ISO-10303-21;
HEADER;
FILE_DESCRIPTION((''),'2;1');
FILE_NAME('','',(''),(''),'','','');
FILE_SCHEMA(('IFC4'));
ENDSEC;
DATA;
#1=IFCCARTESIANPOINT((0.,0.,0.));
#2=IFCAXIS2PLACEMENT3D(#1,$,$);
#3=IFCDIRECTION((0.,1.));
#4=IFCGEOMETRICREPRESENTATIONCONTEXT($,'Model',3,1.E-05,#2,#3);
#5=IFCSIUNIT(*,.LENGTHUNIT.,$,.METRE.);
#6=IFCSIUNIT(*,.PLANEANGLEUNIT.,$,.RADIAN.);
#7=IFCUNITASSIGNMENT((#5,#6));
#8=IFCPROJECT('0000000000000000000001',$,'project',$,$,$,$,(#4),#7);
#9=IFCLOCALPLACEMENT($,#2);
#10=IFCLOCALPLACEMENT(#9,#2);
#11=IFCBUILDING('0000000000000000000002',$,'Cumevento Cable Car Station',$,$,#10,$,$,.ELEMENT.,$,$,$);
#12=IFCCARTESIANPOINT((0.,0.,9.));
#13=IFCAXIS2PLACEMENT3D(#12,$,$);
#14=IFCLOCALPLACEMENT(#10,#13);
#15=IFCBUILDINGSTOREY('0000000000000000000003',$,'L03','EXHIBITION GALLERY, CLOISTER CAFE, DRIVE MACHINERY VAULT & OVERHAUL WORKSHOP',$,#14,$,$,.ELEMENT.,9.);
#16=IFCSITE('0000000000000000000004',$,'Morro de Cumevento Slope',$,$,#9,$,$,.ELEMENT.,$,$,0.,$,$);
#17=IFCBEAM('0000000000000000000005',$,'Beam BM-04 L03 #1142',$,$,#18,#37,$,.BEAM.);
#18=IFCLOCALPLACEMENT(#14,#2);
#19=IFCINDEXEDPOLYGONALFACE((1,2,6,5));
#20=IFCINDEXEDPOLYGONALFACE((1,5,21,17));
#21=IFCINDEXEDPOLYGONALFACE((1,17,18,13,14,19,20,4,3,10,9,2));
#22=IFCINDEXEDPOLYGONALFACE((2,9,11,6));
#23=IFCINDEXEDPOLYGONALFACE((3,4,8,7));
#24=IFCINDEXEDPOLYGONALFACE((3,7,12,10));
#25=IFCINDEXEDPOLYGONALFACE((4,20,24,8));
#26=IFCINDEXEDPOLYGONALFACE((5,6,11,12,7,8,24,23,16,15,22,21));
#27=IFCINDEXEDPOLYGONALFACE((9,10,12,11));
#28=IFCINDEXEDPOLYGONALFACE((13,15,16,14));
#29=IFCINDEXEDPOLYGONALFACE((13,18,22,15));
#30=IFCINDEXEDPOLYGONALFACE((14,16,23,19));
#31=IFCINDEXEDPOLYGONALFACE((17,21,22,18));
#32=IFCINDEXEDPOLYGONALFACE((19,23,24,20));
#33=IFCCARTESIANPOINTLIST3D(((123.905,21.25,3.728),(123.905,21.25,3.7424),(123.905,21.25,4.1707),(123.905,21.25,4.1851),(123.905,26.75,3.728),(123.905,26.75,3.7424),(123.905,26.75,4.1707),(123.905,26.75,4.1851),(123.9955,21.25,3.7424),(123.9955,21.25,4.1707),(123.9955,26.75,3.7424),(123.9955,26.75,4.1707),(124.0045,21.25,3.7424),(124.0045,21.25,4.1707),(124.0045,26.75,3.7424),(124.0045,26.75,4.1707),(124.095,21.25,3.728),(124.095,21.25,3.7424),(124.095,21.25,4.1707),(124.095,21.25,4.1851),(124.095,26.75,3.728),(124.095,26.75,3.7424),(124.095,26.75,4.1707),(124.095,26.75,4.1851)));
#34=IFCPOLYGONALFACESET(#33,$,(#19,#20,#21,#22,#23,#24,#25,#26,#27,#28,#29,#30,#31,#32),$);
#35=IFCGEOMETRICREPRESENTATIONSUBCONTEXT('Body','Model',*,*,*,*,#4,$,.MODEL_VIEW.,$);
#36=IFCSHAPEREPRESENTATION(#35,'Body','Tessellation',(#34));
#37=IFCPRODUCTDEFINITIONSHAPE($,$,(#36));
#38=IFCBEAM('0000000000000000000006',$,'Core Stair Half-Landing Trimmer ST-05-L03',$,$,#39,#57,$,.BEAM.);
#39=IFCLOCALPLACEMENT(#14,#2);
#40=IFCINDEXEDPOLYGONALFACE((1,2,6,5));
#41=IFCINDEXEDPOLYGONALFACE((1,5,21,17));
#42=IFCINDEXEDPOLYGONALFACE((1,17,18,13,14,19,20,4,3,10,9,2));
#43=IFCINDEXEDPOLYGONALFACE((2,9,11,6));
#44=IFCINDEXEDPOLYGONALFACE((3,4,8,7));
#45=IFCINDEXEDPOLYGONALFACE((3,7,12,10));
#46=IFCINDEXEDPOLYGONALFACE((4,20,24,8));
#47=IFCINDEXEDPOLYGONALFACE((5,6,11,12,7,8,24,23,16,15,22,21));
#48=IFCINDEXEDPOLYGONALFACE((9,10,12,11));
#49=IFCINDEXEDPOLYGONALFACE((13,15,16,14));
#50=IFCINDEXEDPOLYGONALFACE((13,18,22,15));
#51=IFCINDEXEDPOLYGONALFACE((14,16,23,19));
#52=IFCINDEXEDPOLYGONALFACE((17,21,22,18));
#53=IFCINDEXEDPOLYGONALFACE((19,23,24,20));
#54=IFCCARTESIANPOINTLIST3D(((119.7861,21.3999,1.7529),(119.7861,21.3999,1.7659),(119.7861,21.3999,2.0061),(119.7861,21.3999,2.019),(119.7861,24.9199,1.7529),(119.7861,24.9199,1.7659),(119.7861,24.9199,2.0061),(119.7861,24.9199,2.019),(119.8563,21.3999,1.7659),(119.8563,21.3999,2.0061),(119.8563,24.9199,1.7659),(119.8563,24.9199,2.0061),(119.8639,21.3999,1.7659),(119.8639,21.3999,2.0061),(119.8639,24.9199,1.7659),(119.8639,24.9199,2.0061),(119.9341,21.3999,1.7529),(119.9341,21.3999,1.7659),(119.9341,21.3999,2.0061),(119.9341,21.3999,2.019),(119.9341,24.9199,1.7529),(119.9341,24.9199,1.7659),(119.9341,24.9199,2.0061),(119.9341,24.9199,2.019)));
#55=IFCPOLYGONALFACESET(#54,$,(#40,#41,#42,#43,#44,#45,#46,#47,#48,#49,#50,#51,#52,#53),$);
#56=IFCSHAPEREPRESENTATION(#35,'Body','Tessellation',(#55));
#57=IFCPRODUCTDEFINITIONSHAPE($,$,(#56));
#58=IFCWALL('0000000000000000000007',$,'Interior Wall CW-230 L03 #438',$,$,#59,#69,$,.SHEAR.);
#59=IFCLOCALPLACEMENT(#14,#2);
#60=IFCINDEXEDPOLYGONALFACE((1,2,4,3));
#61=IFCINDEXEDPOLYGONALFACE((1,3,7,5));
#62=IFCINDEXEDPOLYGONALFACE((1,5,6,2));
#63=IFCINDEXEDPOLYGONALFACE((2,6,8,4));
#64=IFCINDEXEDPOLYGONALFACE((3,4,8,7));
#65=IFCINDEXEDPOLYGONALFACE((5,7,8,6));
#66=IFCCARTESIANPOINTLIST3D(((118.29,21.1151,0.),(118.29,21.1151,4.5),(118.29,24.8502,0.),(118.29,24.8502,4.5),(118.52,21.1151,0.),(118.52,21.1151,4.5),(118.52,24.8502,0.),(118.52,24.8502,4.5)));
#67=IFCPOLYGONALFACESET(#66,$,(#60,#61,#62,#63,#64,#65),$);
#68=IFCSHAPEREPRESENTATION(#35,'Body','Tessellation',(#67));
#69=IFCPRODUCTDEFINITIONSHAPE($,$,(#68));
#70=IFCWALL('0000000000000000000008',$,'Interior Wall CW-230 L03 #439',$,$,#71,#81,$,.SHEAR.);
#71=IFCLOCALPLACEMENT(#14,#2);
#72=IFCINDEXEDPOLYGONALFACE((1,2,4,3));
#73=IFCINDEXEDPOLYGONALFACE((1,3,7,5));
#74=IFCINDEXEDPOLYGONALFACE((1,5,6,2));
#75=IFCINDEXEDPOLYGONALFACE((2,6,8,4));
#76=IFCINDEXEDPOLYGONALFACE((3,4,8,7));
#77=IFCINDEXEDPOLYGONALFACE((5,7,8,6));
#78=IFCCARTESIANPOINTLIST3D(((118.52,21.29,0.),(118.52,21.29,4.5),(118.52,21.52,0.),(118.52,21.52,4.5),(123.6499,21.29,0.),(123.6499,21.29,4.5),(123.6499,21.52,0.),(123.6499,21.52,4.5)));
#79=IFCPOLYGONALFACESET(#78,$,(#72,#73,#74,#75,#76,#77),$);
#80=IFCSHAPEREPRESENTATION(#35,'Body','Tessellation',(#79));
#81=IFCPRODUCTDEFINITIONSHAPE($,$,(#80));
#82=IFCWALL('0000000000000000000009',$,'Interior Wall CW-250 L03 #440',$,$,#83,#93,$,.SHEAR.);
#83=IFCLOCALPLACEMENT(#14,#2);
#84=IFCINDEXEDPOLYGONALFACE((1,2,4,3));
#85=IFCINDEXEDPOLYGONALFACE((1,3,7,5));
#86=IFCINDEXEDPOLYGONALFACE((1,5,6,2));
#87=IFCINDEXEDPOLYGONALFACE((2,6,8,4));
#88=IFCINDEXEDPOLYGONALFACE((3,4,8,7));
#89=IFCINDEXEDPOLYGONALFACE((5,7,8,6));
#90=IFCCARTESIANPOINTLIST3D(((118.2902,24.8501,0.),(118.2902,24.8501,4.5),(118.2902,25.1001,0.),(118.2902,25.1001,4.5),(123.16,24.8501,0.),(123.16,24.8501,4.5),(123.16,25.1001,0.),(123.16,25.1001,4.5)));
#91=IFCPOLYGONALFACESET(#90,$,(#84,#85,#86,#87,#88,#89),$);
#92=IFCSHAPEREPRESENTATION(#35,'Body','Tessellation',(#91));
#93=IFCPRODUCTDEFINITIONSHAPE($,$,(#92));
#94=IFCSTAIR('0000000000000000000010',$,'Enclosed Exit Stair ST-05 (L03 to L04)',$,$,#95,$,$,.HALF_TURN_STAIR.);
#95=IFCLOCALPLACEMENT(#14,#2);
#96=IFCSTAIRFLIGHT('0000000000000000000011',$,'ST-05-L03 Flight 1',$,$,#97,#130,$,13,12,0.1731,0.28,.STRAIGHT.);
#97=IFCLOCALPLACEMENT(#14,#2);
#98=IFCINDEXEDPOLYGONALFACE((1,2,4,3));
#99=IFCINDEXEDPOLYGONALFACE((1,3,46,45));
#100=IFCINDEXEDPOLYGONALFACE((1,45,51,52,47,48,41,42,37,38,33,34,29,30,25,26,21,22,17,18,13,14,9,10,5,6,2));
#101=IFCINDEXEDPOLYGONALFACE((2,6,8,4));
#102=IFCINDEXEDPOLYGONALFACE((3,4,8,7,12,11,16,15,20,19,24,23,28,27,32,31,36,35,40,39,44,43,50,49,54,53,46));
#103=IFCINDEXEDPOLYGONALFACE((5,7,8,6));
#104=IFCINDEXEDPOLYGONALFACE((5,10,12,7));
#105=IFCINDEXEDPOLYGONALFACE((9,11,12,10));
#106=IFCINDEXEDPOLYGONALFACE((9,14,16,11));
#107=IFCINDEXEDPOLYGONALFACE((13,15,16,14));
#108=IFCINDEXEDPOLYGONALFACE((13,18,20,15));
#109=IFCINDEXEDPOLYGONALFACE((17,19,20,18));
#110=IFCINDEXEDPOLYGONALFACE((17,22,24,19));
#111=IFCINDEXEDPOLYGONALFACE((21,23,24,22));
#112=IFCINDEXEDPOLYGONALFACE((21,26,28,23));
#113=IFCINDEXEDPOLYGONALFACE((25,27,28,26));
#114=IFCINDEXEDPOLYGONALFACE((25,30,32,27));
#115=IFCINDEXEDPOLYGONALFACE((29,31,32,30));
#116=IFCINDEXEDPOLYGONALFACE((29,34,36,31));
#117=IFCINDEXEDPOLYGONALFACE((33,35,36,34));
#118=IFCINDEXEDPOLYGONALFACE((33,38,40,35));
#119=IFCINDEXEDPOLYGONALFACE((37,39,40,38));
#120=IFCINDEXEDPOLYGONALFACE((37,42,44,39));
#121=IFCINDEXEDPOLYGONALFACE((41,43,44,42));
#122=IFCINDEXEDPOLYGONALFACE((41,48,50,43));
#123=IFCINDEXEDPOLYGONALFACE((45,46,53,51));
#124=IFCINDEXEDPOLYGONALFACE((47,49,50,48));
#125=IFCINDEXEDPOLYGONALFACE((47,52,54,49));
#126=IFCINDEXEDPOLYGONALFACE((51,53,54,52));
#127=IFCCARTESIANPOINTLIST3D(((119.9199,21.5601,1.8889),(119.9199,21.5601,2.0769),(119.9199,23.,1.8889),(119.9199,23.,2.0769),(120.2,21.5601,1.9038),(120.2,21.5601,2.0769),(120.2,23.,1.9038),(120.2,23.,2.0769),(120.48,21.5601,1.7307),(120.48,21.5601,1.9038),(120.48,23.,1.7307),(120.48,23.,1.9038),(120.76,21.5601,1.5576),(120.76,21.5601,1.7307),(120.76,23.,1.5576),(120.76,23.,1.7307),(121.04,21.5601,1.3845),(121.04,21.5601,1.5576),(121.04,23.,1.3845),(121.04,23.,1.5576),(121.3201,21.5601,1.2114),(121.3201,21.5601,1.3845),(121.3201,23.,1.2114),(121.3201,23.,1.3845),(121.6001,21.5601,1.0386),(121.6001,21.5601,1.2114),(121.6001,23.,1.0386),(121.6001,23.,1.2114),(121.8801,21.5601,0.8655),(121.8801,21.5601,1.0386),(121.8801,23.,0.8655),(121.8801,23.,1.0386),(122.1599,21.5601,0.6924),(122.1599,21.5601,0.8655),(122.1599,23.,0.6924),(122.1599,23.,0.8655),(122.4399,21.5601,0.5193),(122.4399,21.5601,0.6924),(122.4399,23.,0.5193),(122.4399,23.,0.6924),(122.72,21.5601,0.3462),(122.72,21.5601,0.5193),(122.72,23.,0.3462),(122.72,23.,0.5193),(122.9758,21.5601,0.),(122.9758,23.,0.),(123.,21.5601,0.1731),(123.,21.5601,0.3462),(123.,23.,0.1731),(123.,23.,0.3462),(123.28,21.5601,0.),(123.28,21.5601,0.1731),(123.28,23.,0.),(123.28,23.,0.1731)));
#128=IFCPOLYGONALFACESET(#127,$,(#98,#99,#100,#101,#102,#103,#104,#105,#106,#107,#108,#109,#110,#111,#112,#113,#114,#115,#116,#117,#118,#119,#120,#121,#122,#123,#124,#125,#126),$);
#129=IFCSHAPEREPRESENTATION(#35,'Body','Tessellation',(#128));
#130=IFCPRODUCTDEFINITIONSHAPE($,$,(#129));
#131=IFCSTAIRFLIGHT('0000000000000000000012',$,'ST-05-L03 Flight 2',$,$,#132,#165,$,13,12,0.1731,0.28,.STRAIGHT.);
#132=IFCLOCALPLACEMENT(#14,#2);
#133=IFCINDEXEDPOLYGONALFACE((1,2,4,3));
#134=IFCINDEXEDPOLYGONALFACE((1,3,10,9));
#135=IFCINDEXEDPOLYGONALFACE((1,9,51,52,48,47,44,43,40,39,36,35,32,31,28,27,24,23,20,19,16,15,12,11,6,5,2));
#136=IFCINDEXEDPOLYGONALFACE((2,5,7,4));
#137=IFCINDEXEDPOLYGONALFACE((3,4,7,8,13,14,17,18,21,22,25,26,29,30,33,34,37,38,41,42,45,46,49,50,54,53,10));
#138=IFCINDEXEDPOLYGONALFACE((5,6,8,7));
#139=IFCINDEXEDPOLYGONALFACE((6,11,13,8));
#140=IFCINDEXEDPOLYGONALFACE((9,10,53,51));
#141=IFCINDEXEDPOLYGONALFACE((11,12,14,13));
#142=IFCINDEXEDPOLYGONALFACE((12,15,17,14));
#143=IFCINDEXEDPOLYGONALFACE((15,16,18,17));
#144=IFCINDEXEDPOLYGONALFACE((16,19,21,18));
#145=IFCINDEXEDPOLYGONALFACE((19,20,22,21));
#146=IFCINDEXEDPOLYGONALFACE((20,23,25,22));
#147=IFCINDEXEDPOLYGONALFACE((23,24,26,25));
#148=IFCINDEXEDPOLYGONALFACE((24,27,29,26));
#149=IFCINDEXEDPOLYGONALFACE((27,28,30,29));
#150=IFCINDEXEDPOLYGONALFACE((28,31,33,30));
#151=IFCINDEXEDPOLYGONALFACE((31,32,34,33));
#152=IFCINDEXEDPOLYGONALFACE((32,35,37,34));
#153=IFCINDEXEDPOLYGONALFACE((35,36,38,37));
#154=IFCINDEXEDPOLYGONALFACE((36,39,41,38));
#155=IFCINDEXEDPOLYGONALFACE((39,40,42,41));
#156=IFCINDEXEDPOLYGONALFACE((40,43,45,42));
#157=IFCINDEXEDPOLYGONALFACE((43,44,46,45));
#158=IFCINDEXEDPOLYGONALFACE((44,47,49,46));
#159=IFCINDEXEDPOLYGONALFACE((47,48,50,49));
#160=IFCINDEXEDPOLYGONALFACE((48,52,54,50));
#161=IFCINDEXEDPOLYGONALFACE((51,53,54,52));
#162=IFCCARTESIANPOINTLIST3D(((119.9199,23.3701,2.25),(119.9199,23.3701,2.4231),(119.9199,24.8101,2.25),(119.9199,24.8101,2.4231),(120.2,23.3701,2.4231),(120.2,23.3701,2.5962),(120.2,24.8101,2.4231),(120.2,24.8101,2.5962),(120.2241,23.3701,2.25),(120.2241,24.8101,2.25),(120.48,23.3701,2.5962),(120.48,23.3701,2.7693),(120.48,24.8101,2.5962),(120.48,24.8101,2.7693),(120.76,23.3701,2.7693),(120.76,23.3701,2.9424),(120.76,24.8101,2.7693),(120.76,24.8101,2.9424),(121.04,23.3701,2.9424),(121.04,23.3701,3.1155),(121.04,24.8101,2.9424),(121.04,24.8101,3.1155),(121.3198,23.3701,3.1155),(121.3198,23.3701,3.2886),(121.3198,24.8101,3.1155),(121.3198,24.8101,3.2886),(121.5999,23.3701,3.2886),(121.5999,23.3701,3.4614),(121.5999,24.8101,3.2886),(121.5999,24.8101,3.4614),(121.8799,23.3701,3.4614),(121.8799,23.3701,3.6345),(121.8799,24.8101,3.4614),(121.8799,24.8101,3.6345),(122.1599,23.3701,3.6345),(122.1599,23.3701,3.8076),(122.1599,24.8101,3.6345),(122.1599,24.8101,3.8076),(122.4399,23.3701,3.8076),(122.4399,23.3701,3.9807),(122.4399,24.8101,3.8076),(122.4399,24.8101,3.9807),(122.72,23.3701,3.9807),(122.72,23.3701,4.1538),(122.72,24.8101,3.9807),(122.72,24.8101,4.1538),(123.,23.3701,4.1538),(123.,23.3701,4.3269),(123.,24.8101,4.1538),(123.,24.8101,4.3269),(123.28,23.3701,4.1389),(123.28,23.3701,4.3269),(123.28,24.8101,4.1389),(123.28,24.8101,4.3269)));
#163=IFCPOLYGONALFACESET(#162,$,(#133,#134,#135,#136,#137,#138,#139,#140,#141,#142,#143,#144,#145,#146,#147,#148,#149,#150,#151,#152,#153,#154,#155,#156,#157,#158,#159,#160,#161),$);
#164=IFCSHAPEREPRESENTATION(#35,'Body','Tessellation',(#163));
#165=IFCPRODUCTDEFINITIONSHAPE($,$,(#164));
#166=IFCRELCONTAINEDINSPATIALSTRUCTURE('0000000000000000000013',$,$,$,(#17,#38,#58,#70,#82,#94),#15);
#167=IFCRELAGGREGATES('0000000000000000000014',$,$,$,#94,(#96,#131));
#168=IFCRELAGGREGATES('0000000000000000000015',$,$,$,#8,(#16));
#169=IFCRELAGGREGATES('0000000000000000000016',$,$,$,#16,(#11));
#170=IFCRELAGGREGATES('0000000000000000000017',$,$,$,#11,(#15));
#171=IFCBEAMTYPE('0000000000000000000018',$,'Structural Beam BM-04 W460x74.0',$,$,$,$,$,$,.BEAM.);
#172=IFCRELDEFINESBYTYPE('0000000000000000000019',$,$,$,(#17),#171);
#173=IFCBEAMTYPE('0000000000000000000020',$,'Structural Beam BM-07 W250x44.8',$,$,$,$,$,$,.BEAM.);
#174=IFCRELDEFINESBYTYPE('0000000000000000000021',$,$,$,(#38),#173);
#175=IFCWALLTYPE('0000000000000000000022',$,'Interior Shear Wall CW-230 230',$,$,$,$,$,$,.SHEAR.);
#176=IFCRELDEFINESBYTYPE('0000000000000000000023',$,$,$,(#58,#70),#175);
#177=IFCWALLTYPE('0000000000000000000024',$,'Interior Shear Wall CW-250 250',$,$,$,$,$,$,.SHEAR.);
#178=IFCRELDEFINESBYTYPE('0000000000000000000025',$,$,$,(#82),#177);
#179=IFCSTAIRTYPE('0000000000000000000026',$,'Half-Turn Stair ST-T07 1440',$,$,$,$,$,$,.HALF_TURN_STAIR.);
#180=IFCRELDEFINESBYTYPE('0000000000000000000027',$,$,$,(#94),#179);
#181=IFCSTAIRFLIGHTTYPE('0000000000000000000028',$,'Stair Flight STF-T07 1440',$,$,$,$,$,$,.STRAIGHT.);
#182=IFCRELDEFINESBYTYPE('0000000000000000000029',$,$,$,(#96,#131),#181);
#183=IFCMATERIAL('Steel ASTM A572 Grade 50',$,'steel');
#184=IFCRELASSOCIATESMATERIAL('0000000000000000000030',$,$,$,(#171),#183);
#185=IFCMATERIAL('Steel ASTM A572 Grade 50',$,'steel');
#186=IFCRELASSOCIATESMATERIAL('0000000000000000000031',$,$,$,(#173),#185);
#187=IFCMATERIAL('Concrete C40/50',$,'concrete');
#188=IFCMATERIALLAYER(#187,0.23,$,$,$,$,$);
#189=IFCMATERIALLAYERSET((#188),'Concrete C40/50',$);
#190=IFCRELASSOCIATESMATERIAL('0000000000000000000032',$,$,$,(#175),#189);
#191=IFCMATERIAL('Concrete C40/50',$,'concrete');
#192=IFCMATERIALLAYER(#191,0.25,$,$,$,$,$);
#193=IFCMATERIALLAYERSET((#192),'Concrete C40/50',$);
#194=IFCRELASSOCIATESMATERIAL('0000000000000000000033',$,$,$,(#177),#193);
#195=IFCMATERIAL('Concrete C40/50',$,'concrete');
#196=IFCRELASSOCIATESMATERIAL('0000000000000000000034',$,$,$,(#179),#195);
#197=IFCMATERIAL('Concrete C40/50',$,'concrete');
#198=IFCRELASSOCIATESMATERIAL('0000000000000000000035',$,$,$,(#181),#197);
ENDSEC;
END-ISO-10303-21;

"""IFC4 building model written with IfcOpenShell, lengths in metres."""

from ifc_helpers import new_model, si_unit, direction, frame, frame_2d, origin, origin_2d, place, context, subcontext, project, spatial, polyline, rectangle, i_section, outline, extrude, material, layer, layer_set, material_profile, profile_set, type_object, element, aggregate, save


model = new_model("IFC4")

# Units and contexts
model_context = context("Model", 3, precision=1e-05, world=origin(), true_north=direction((0.0, 1.0)))
body_context = subcontext(model_context, "Body", "Model", "MODEL_VIEW")
ifc_project = project(units=[si_unit("LENGTHUNIT", "METRE"), si_unit("PLANEANGLEUNIT", "RADIAN")], contexts=[model_context])

# Site, building, storey
site_placement = place(None, origin())
site = spatial("IfcSite", under=ifc_project, at=site_placement, Name="Morro de Cumevento Slope", CompositionType="ELEMENT", RefElevation=0.0)
building_placement = place(site_placement, origin())
building = spatial("IfcBuilding", under=site, at=building_placement, Name="Cumevento Cable Car Station", CompositionType="ELEMENT")
storey_placement = place(building_placement, frame((0.0, 0.0, 9.0)))
storey = spatial("IfcBuildingStorey", under=building, at=storey_placement, Name="L03", Description="EXHIBITION GALLERY, CLOISTER CAFE, DRIVE MACHINERY VAULT & OVERHAUL WORKSHOP", CompositionType="ELEMENT", Elevation=9.0)

# Beams
ifc_material_1 = material(Name="Steel ASTM A572 Grade 50", Category="steel")
ifc_material_profile_1 = material_profile(ifc_material_1, i_section(OverallWidth=0.1899, OverallDepth=0.457, WebThickness=0.009, FlangeThickness=0.0144, at=origin_2d()), Name="W460x74.0")
ifc_profile_set_1 = profile_set([ifc_material_profile_1], Name="Steel ASTM A572 Grade 50")
beam_type_1 = type_object("IfcBeamType", Name="Structural Beam BM-04 W460x74.0", PredefinedType="BEAM", material=ifc_profile_set_1)
beam_1_placement = place(storey_placement, frame((124.0, 21.25, 3.9565), z_axis=(0.0, 1.0, 0.0), x_axis=(-1.0, 0.0, 0.0)))
element("IfcBeam", 1, at=beam_1_placement, inside=storey, type_object=beam_type_1, Name="Beam BM-04 L03 #1142", PredefinedType="BEAM", context=body_context, shape_type="SweptSolid", body=[
    extrude(i_section(OverallWidth=0.1899, OverallDepth=0.457, WebThickness=0.009, FlangeThickness=0.0144, at=origin_2d()), origin(), (0.0, 0.0, 1.0), 5.5),
])
ifc_material_2 = material(Name="Steel ASTM A572 Grade 50", Category="steel")
ifc_material_profile_2 = material_profile(ifc_material_2, i_section(OverallWidth=0.1479, OverallDepth=0.2661, WebThickness=0.0076, FlangeThickness=0.0129, at=origin_2d()), Name="W250x44.8")
ifc_profile_set_2 = profile_set([ifc_material_profile_2], Name="Steel ASTM A572 Grade 50")
beam_type_2 = type_object("IfcBeamType", Name="Structural Beam BM-07 W250x44.8", PredefinedType="BEAM", material=ifc_profile_set_2)
beam_2_placement = place(storey_placement, frame((119.8601, 21.3999, 1.886), z_axis=(0.0, 1.0, 0.0), x_axis=(-1.0, 0.0, 0.0)))
element("IfcBeam", 2, at=beam_2_placement, inside=storey, type_object=beam_type_2, Name="Core Stair Half-Landing Trimmer ST-05-L03", PredefinedType="BEAM", context=body_context, shape_type="SweptSolid", body=[
    extrude(i_section(OverallWidth=0.1479, OverallDepth=0.2661, WebThickness=0.0076, FlangeThickness=0.0129, at=origin_2d()), origin(), (0.0, 0.0, 1.0), 3.52),
])

# Walls
ifc_material_3 = material(Name="Concrete C40/50", Category="concrete")
ifc_layer_1 = layer(ifc_material_3, 0.23)
ifc_layer_set_1 = layer_set([ifc_layer_1], Name="Concrete C40/50")
wall_type_1 = type_object("IfcWallType", Name="Interior Shear Wall CW-230 230", PredefinedType="SHEAR", material=ifc_layer_set_1)
wall_1_placement = place(storey_placement, frame((118.405, 21.115, 0.0), z_axis=(0.0, 0.0, 1.0), x_axis=(0.0, 1.0, 0.0)))
element("IfcWall", 3, at=wall_1_placement, inside=storey, type_object=wall_type_1, Name="Interior Wall CW-230 L03 #438", PredefinedType="SHEAR", context=body_context, shape_type="SweptSolid", body=[
    extrude(rectangle(XDim=3.7351, YDim=0.23, at=frame_2d((1.8677, 0.0))), origin(), (0.0, 0.0, 1.0), 4.5),
])
wall_2_placement = place(storey_placement, frame((118.52, 21.405, 0.0), z_axis=(0.0, 0.0, 1.0), x_axis=(1.0, 0.0, 0.0)))
element("IfcWall", 4, at=wall_2_placement, inside=storey, type_object=wall_type_1, Name="Interior Wall CW-230 L03 #439", PredefinedType="SHEAR", context=body_context, shape_type="SweptSolid", body=[
    extrude(rectangle(XDim=5.1299, YDim=0.23, at=frame_2d((2.5649, 0.0))), origin(), (0.0, 0.0, 1.0), 4.5),
])
ifc_material_4 = material(Name="Concrete C40/50", Category="concrete")
ifc_layer_2 = layer(ifc_material_4, 0.25)
ifc_layer_set_2 = layer_set([ifc_layer_2], Name="Concrete C40/50")
wall_type_2 = type_object("IfcWallType", Name="Interior Shear Wall CW-250 250", PredefinedType="SHEAR", material=ifc_layer_set_2)
wall_3_placement = place(storey_placement, frame((118.29, 24.9751, 0.0), z_axis=(0.0, 0.0, 1.0), x_axis=(1.0, 0.0, 0.0)))
element("IfcWall", 5, at=wall_3_placement, inside=storey, type_object=wall_type_2, Name="Interior Wall CW-250 L03 #440", PredefinedType="SHEAR", context=body_context, shape_type="SweptSolid", body=[
    extrude(rectangle(XDim=4.8699, YDim=0.25, at=frame_2d((2.4351, 0.0))), origin(), (0.0, 0.0, 1.0), 4.5),
])

# Stair, stair flights
ifc_material_5 = material(Name="Concrete C40/50", Category="concrete")
stair_type = type_object("IfcStairType", Name="Half-Turn Stair ST-T07 1440", PredefinedType="HALF_TURN_STAIR", material=ifc_material_5)
stair_placement = place(storey_placement, origin())
stair = element("IfcStair", 6, at=stair_placement, inside=storey, type_object=stair_type, Name="Enclosed Exit Stair ST-05 (L03 to L04)", PredefinedType="HALF_TURN_STAIR")
ifc_material_6 = material(Name="Concrete C40/50", Category="concrete")
stair_flight_type = type_object("IfcStairFlightType", Name="Stair Flight STF-T07 1440", PredefinedType="STRAIGHT", material=ifc_material_6)
stair_flight_1_placement = place(storey_placement, frame((123.28, 22.28, 0.0), z_axis=(0.0, 0.0, 1.0), x_axis=(-1.0, 0.0, 0.0)))
stair_flight_1 = element("IfcStairFlight", 7, at=stair_flight_1_placement, type_object=stair_flight_type, Name="ST-05-L03 Flight 1", NumberOfRisers=13, NumberOfTreads=12, PredefinedType="STRAIGHT", RiserHeight=0.1731, TreadLength=0.28, context=body_context, shape_type="SweptSolid", body=[
    extrude(outline(polyline([(0.0, 0.0), (0.0, 0.1731), (0.28, 0.1731), (0.28, 0.3462), (0.5601, 0.3462), (0.5601, 0.5193), (0.8401, 0.5193), (0.8401, 0.6924), (1.1201, 0.6924), (1.1201, 0.8655), (1.3999, 0.8655), (1.3999, 1.0386), (1.6799, 1.0386), (1.6799, 1.2114), (1.96, 1.2114), (1.96, 1.3845), (2.24, 1.3845), (2.24, 1.5576), (2.52, 1.5576), (2.52, 1.7307), (2.8, 1.7307), (2.8, 1.9038), (3.0801, 1.9038), (3.0801, 2.0769), (3.3601, 2.0769), (3.3601, 2.25), (3.3601, 1.8889), (0.3042, 0.0), (0.0, 0.0)])), frame((0.0, 0.72, 0.0), z_axis=(0.0, -1.0, 0.0), x_axis=(1.0, 0.0, 0.0)), (0.0, 0.0, 1.0), 1.4399),
])
stair_flight_2_placement = place(storey_placement, frame((119.9199, 24.0901, 2.25), z_axis=(0.0, 0.0, 1.0), x_axis=(1.0, 0.0, 0.0)))
stair_flight_2 = element("IfcStairFlight", 8, at=stair_flight_2_placement, type_object=stair_flight_type, Name="ST-05-L03 Flight 2", NumberOfRisers=13, NumberOfTreads=12, PredefinedType="STRAIGHT", RiserHeight=0.1731, TreadLength=0.28, context=body_context, shape_type="SweptSolid", body=[
    extrude(outline(polyline([(0.0, 0.0), (0.0, 0.1731), (0.28, 0.1731), (0.28, 0.3462), (0.5601, 0.3462), (0.5601, 0.5193), (0.8401, 0.5193), (0.8401, 0.6924), (1.1201, 0.6924), (1.1201, 0.8655), (1.3999, 0.8655), (1.3999, 1.0386), (1.6799, 1.0386), (1.6799, 1.2114), (1.96, 1.2114), (1.96, 1.3845), (2.24, 1.3845), (2.24, 1.5576), (2.52, 1.5576), (2.52, 1.7307), (2.8, 1.7307), (2.8, 1.9038), (3.0801, 1.9038), (3.0801, 2.0769), (3.3601, 2.0769), (3.3601, 2.25), (3.3601, 1.8889), (0.3042, 0.0), (0.0, 0.0)])), frame((0.0, 0.72, 0.0), z_axis=(0.0, -1.0, 0.0), x_axis=(1.0, 0.0, 0.0)), (0.0, 0.0, 1.0), 1.4399),
])
aggregate(stair, [stair_flight_1, stair_flight_2])

save(model, "model.ifc")
